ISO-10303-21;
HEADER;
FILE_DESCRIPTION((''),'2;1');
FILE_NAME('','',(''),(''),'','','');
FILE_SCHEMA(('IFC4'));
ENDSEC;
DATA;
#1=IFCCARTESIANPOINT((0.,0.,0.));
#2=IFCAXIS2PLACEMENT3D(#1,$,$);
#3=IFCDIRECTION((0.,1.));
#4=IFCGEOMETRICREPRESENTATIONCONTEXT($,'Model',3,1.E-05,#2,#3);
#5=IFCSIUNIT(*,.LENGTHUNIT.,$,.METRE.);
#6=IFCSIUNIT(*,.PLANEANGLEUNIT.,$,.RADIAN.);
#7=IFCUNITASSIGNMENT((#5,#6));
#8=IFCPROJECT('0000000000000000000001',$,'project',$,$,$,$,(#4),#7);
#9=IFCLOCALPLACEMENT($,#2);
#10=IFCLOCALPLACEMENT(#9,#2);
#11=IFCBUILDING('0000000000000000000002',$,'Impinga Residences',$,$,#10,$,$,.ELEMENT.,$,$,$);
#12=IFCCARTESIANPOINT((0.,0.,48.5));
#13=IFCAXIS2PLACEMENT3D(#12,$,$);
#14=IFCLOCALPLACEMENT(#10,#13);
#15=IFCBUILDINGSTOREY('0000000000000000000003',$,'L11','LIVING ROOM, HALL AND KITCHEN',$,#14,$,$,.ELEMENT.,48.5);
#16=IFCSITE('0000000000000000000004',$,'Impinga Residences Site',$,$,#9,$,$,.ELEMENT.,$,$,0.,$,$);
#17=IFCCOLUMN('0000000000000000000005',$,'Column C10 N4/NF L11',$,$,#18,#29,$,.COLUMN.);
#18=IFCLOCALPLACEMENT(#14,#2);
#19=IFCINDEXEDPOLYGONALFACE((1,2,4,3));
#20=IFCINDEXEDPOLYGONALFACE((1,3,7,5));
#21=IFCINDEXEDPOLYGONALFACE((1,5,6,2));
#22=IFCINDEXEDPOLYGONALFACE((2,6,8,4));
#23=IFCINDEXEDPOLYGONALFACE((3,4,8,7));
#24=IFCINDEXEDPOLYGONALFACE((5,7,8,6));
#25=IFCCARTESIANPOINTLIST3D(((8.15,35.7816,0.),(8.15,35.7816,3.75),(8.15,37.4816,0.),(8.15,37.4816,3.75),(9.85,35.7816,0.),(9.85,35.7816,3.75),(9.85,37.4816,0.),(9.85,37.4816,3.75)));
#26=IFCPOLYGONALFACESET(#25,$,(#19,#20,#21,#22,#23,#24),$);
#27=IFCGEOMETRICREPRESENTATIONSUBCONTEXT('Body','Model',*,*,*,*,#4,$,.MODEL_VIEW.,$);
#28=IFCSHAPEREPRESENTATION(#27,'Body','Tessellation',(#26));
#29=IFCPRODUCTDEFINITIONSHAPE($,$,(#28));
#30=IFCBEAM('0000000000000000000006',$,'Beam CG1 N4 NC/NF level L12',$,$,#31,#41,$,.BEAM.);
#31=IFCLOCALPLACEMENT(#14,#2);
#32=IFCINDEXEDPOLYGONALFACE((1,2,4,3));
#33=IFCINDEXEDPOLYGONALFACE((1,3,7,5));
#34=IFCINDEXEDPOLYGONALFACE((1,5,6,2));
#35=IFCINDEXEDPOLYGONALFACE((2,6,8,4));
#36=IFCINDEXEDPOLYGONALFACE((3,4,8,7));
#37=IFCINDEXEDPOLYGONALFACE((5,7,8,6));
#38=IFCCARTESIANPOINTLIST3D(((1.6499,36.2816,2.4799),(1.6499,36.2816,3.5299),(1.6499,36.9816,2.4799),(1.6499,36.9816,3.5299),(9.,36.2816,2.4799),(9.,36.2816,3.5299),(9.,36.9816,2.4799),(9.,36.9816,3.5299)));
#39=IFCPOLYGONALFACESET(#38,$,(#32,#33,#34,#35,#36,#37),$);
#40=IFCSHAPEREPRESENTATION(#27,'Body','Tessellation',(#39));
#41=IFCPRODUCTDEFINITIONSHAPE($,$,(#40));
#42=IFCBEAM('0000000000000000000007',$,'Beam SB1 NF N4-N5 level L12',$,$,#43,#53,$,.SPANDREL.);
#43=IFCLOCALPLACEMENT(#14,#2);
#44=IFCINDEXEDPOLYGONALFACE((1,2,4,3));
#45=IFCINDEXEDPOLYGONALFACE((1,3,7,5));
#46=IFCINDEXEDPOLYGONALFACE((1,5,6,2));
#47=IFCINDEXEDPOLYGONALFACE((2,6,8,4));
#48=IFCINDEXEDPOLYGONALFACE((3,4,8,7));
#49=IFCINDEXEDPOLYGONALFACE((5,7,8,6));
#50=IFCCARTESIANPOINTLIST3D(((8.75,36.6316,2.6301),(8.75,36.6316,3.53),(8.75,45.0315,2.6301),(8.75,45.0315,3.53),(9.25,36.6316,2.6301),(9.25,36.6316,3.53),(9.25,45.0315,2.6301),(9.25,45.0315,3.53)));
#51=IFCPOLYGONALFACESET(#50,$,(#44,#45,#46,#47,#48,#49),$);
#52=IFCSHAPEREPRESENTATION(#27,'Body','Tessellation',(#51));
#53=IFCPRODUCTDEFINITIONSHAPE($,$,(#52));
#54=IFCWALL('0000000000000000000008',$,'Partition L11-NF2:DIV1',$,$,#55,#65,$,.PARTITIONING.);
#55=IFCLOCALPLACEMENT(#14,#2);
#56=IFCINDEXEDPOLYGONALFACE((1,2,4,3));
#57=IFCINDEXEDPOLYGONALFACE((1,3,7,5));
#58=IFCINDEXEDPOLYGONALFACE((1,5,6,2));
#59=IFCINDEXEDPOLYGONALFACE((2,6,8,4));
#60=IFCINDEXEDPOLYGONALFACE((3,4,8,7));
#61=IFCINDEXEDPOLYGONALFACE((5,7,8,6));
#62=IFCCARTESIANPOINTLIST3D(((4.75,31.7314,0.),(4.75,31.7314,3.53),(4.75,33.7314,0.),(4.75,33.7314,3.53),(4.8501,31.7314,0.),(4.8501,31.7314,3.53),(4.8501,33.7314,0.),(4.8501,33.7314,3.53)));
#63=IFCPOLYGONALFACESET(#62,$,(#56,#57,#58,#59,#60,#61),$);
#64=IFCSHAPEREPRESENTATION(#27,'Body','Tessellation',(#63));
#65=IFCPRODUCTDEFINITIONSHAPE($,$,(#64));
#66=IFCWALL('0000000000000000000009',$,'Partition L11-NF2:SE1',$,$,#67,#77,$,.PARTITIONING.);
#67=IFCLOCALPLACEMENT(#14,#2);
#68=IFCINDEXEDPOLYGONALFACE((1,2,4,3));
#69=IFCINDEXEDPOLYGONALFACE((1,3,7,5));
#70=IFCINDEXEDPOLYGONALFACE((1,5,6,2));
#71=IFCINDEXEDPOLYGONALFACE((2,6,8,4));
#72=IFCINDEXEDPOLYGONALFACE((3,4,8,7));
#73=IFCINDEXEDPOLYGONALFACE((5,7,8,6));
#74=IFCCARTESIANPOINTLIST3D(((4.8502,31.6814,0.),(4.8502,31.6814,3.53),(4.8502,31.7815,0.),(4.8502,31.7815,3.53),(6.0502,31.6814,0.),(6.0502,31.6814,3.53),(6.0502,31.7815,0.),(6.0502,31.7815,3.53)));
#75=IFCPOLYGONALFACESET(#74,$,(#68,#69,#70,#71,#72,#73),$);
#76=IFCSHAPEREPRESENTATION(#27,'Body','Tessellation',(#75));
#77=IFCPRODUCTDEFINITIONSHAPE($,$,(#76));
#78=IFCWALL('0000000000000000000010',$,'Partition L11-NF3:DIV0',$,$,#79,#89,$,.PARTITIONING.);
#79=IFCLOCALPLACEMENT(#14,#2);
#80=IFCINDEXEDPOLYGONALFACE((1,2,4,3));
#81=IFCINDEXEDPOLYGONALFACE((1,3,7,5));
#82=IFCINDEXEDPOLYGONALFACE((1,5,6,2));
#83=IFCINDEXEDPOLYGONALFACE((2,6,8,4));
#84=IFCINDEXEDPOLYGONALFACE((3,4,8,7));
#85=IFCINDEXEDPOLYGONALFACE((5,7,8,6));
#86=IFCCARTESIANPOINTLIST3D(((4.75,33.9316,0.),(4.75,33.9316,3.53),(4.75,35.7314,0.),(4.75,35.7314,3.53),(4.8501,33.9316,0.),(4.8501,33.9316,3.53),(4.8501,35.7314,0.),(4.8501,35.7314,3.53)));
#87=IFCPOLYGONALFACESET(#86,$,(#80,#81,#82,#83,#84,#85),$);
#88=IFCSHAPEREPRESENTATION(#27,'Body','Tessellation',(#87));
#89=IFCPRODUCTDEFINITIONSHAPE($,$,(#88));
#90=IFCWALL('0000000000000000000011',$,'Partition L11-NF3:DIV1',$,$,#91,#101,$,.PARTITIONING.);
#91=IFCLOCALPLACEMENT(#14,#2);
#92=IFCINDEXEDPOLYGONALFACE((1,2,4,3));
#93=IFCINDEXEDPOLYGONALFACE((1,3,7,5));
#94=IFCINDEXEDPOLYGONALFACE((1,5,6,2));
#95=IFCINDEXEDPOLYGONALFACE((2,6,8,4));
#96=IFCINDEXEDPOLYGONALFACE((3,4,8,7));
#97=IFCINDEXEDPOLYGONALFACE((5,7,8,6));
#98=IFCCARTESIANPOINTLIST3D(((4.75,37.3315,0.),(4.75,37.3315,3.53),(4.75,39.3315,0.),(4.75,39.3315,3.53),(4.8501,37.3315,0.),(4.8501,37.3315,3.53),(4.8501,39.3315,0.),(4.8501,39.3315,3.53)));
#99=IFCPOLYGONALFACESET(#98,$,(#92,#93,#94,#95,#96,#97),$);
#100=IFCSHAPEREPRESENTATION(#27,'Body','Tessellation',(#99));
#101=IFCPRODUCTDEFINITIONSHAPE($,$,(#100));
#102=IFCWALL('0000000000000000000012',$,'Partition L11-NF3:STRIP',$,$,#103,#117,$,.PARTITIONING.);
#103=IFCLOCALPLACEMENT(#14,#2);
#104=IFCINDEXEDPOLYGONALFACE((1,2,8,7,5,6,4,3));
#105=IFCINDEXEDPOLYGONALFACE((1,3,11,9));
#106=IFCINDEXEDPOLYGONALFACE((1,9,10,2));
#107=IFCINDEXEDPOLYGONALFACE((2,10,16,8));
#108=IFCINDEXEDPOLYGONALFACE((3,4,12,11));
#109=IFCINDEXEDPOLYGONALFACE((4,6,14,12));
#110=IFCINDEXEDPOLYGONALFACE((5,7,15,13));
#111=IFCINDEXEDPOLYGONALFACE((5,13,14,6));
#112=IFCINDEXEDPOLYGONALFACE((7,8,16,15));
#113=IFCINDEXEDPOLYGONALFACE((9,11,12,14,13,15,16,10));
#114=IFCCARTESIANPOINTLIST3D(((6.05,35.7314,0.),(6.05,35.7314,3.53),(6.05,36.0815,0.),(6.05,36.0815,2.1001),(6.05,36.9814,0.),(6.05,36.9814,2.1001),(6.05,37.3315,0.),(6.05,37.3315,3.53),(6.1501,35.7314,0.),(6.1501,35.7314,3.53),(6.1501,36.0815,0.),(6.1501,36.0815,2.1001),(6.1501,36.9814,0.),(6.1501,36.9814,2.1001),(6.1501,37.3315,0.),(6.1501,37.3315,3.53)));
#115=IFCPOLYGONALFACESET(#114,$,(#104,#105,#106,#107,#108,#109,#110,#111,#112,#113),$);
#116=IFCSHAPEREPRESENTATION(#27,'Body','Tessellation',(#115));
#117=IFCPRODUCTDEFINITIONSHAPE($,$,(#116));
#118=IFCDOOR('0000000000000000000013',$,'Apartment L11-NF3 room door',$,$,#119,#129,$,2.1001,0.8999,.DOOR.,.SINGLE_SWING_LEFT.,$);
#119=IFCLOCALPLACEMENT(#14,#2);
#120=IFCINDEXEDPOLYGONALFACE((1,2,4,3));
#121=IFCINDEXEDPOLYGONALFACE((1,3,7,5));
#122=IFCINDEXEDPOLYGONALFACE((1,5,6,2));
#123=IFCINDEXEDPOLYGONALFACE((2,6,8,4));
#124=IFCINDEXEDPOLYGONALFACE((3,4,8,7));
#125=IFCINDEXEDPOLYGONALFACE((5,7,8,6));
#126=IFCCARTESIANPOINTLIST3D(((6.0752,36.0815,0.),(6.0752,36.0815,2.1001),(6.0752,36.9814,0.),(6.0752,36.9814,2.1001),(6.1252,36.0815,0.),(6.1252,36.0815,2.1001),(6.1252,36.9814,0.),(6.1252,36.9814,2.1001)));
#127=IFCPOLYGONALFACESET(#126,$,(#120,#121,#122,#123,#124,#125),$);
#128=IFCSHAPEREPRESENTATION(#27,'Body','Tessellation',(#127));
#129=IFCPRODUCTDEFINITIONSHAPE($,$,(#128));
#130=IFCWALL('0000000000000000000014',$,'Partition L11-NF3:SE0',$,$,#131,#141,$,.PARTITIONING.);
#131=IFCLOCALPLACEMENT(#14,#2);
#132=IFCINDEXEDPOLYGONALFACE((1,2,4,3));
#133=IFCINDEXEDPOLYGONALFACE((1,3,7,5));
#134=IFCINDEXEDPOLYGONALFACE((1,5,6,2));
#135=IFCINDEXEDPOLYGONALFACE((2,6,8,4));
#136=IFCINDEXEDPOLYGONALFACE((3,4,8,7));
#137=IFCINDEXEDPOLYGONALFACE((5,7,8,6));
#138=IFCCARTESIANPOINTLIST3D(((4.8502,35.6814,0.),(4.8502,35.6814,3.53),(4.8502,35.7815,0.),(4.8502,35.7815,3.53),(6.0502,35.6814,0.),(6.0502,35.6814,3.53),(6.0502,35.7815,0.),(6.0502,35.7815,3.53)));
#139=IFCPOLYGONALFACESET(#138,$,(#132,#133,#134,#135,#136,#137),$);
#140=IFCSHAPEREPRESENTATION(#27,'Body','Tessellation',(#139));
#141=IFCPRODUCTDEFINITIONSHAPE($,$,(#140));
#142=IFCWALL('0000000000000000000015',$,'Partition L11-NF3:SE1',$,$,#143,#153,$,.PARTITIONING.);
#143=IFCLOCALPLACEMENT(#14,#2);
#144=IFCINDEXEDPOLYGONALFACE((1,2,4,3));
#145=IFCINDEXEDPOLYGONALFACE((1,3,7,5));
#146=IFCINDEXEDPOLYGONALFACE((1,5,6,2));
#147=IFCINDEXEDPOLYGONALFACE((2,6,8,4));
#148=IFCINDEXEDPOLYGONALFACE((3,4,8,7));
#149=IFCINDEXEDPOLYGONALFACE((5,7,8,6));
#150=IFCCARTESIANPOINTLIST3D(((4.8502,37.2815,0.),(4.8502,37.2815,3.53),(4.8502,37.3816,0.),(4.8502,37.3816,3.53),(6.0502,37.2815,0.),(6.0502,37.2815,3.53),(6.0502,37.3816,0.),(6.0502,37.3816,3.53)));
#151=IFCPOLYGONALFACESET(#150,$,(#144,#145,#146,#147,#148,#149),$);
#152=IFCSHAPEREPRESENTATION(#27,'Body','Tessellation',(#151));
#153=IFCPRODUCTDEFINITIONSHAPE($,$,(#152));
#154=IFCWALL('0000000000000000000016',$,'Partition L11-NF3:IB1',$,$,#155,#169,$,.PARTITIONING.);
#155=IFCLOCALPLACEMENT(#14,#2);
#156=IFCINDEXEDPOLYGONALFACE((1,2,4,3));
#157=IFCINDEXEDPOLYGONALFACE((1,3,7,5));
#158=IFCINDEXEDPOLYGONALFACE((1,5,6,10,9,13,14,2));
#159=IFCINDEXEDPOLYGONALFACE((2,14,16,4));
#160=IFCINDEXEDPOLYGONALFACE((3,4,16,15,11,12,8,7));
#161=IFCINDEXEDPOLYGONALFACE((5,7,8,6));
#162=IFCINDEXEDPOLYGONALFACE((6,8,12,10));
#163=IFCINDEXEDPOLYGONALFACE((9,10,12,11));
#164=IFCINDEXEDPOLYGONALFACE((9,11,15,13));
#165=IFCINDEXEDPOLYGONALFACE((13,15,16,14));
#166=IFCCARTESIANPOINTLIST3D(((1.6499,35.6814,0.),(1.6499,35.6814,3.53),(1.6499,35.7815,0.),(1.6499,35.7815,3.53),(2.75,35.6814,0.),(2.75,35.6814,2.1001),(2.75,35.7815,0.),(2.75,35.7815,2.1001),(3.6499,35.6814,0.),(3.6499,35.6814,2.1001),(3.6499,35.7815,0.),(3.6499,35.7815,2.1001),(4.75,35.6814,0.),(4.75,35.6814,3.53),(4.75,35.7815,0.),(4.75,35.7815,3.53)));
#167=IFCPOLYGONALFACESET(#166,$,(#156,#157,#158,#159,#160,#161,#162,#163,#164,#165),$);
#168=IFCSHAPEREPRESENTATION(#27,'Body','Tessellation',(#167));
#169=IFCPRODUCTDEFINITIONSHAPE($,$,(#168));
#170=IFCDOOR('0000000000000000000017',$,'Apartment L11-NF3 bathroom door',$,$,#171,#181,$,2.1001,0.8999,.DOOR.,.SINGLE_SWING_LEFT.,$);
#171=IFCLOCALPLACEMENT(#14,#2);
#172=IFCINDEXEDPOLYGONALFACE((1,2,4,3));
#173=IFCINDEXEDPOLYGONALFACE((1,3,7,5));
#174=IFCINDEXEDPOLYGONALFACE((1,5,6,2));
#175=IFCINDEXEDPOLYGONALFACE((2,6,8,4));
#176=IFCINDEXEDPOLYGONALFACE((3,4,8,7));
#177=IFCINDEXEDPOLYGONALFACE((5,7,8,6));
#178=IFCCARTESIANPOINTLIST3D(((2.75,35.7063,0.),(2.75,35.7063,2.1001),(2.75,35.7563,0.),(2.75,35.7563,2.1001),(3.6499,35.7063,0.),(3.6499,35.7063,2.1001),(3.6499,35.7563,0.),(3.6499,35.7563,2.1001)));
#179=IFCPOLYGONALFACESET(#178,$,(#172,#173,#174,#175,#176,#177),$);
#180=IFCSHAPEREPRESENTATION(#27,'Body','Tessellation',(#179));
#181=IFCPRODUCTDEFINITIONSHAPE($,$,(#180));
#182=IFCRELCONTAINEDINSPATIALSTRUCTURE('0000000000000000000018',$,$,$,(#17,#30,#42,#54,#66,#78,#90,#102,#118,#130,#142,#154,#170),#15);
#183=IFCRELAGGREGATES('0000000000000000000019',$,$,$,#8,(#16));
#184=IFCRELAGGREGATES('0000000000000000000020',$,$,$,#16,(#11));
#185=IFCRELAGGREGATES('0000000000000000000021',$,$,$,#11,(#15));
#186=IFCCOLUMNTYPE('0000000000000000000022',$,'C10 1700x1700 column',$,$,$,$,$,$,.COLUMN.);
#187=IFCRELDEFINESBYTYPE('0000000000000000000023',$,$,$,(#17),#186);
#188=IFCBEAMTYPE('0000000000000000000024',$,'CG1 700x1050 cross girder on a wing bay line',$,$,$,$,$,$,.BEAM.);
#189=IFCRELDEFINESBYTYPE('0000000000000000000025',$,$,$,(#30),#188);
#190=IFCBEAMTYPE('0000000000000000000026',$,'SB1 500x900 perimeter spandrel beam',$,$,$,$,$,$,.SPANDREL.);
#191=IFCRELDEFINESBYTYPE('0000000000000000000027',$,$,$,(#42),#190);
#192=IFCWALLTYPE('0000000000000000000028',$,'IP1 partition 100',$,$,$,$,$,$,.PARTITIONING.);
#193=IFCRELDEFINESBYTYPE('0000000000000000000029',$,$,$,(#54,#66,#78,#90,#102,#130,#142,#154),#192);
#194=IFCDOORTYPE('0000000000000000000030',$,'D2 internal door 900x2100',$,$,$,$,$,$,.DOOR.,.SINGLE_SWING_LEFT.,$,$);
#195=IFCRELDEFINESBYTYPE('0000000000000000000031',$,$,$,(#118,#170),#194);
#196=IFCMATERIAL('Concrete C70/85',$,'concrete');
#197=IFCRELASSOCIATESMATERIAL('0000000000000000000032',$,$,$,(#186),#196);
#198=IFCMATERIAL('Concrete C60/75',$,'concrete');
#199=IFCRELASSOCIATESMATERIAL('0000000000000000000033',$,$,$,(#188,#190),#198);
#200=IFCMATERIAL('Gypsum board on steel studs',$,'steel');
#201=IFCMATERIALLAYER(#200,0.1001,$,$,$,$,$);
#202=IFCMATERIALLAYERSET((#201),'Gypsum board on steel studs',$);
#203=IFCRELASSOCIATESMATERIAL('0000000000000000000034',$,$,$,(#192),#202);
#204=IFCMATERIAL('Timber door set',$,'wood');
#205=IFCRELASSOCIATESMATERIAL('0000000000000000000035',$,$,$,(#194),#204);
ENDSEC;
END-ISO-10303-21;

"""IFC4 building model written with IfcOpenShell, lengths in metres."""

from ifc_helpers import new_model, si_unit, direction, frame, frame_2d, origin, origin_2d, place, context, subcontext, project, spatial, rectangle, extrude, material, layer, layer_set, material_profile, profile_set, type_object, element, fill, save


model = new_model("IFC4")

# Units and contexts
model_context = context("Model", 3, precision=1e-05, world=origin(), true_north=direction((0.0, 1.0)))
body_context = subcontext(model_context, "Body", "Model", "MODEL_VIEW")
ifc_project = project(units=[si_unit("LENGTHUNIT", "METRE"), si_unit("PLANEANGLEUNIT", "RADIAN")], contexts=[model_context])

# Site, building, storey
site_placement = place(None, origin())
site = spatial("IfcSite", under=ifc_project, at=site_placement, Name="Impinga Residences Site", CompositionType="ELEMENT", RefElevation=0.0)
building_placement = place(site_placement, origin())
building = spatial("IfcBuilding", under=site, at=building_placement, Name="Impinga Residences", CompositionType="ELEMENT")
storey_placement = place(building_placement, frame((0.0, 0.0, 48.5)))
storey = spatial("IfcBuildingStorey", under=building, at=storey_placement, Name="L11", Description="LIVING ROOM, HALL AND KITCHEN", CompositionType="ELEMENT", Elevation=48.5)

# Column
ifc_material_1 = material(Name="Concrete C70/85", Category="concrete")
ifc_material_profile_1 = material_profile(ifc_material_1, rectangle(XDim=1.7, YDim=1.7, at=origin_2d()), Name="RC 1700x1700")
ifc_profile_set_1 = profile_set([ifc_material_profile_1], Name="Concrete C70/85")
column_type = type_object("IfcColumnType", Name="C10 1700x1700 column", PredefinedType="COLUMN", material=ifc_profile_set_1)
column_placement = place(storey_placement, frame((9.0, 36.6316, 0.0), z_axis=(0.0, 0.0, 1.0), x_axis=(1.0, 0.0, 0.0)))
element("IfcColumn", 1, at=column_placement, inside=storey, type_object=column_type, Name="Column C10 N4/NF L11", PredefinedType="COLUMN", context=body_context, shape_type="SweptSolid", body=[
    extrude(rectangle(XDim=1.7, YDim=1.7, at=origin_2d()), origin(), (0.0, 0.0, 1.0), 3.75),
])

# Beams
ifc_material_2 = material(Name="Concrete C60/75", Category="concrete")
ifc_material_profile_2 = material_profile(ifc_material_2, rectangle(XDim=0.7, YDim=1.05, at=origin_2d()), Name="RC 700x1050")
ifc_profile_set_2 = profile_set([ifc_material_profile_2], Name="Concrete C60/75")
beam_type_1 = type_object("IfcBeamType", Name="CG1 700x1050 cross girder on a wing bay line", PredefinedType="BEAM", material=ifc_profile_set_2)
beam_1_placement = place(storey_placement, frame((1.6499, 36.6316, 3.0049), z_axis=(1.0, 0.0, 0.0), x_axis=(0.0, 1.0, 0.0)))
element("IfcBeam", 2, at=beam_1_placement, inside=storey, type_object=beam_type_1, Name="Beam CG1 N4 NC/NF level L12", PredefinedType="BEAM", context=body_context, shape_type="SweptSolid", body=[
    extrude(rectangle(XDim=0.7, YDim=1.05, at=origin_2d()), origin(), (0.0, 0.0, 1.0), 7.3501),
])
ifc_material_profile_3 = material_profile(ifc_material_2, rectangle(XDim=0.5, YDim=0.8999, at=origin_2d()), Name="RC 500x900")
ifc_profile_set_3 = profile_set([ifc_material_profile_3], Name="Concrete C60/75")
beam_type_2 = type_object("IfcBeamType", Name="SB1 500x900 perimeter spandrel beam", PredefinedType="SPANDREL", material=ifc_profile_set_3)
beam_2_placement = place(storey_placement, frame((9.0, 36.6316, 3.0801), z_axis=(0.0, 1.0, 0.0), x_axis=(-1.0, 0.0, 0.0)))
element("IfcBeam", 3, at=beam_2_placement, inside=storey, type_object=beam_type_2, Name="Beam SB1 NF N4-N5 level L12", PredefinedType="SPANDREL", context=body_context, shape_type="SweptSolid", body=[
    extrude(rectangle(XDim=0.5, YDim=0.8999, at=origin_2d()), origin(), (0.0, 0.0, 1.0), 8.3999),
])

# Walls
ifc_material_3 = material(Name="Gypsum board on steel studs", Category="steel")
ifc_layer_1 = layer(ifc_material_3, 0.1001)
ifc_layer_set_1 = layer_set([ifc_layer_1], Name="Gypsum board on steel studs")
wall_type_1 = type_object("IfcWallType", Name="IP1 partition 100", PredefinedType="PARTITIONING", material=ifc_layer_set_1)
wall_1_placement = place(storey_placement, frame((4.8, 31.7314, 0.0), z_axis=(0.0, 0.0, 1.0), x_axis=(0.0, 1.0, 0.0)))
element("IfcWall", 4, at=wall_1_placement, inside=storey, type_object=wall_type_1, Name="Partition L11-NF2:DIV1", PredefinedType="PARTITIONING", context=body_context, shape_type="SweptSolid", body=[
    extrude(rectangle(XDim=2.0, YDim=0.1001, at=frame_2d((1.0, 0.0))), origin(), (0.0, 0.0, 1.0), 3.53),
])
wall_2_placement = place(storey_placement, frame((4.8501, 31.7314, 0.0), z_axis=(0.0, 0.0, 1.0), x_axis=(1.0, 0.0, 0.0)))
element("IfcWall", 5, at=wall_2_placement, inside=storey, type_object=wall_type_1, Name="Partition L11-NF2:SE1", PredefinedType="PARTITIONING", context=body_context, shape_type="SweptSolid", body=[
    extrude(rectangle(XDim=1.2, YDim=0.1001, at=frame_2d((0.6001, 0.0))), origin(), (0.0, 0.0, 1.0), 3.53),
])
wall_3_placement = place(storey_placement, frame((4.8, 33.9316, 0.0), z_axis=(0.0, 0.0, 1.0), x_axis=(0.0, 1.0, 0.0)))
element("IfcWall", 6, at=wall_3_placement, inside=storey, type_object=wall_type_1, Name="Partition L11-NF3:DIV0", PredefinedType="PARTITIONING", context=body_context, shape_type="SweptSolid", body=[
    extrude(rectangle(XDim=1.7998, YDim=0.1001, at=frame_2d((0.8999, 0.0))), origin(), (0.0, 0.0, 1.0), 3.53),
])
wall_4_placement = place(storey_placement, frame((4.8, 37.3315, 0.0), z_axis=(0.0, 0.0, 1.0), x_axis=(0.0, 1.0, 0.0)))
element("IfcWall", 7, at=wall_4_placement, inside=storey, type_object=wall_type_1, Name="Partition L11-NF3:DIV1", PredefinedType="PARTITIONING", context=body_context, shape_type="SweptSolid", body=[
    extrude(rectangle(XDim=2.0, YDim=0.1001, at=frame_2d((1.0, 0.0))), origin(), (0.0, 0.0, 1.0), 3.53),
])

# Wall, opening, door
wall_5_placement = place(storey_placement, frame((6.1001, 35.7314, 0.0), z_axis=(0.0, 0.0, 1.0), x_axis=(0.0, 1.0, 0.0)))
wall_5 = element("IfcWall", 8, at=wall_5_placement, inside=storey, type_object=wall_type_1, Name="Partition L11-NF3:STRIP", PredefinedType="PARTITIONING", context=body_context, shape_type="SweptSolid", body=[
    extrude(rectangle(XDim=1.6001, YDim=0.1001, at=frame_2d((0.8, 0.0))), origin(), (0.0, 0.0, 1.0), 3.53),
])
opening_1_placement = place(wall_5_placement, frame((0.3501, 0.0, 0.0)))
opening_1 = element("IfcOpeningElement", 9, at=opening_1_placement, cuts=wall_5, PredefinedType="OPENING", context=body_context, shape_type="SweptSolid", body=[
    extrude(rectangle(XDim=0.8999, YDim=2.1001, at=frame_2d((0.45, 1.05))), frame((0.0, 0.0601, 0.0), z_axis=(0.0, -1.0, 0.0), x_axis=(1.0, 0.0, 0.0)), (0.0, 0.0, 1.0), 0.1201),
])
ifc_material_4 = material(Name="Timber door set", Category="wood")
door_type = type_object("IfcDoorType", Name="D2 internal door 900x2100", OperationType="SINGLE_SWING_LEFT", PredefinedType="DOOR", material=ifc_material_4)
door_1_placement = place(opening_1_placement, origin())
door_1 = element("IfcDoor", 10, at=door_1_placement, inside=storey, type_object=door_type, Name="Apartment L11-NF3 room door", OperationType="SINGLE_SWING_LEFT", OverallHeight=2.1001, OverallWidth=0.8999, PredefinedType="DOOR", context=body_context, shape_type="SweptSolid", body=[
    extrude(rectangle(XDim=0.8999, YDim=2.1001, at=frame_2d((0.45, 1.05))), frame((0.0, 0.0249, 0.0), z_axis=(0.0, -1.0, 0.0), x_axis=(1.0, 0.0, 0.0)), (0.0, 0.0, 1.0), 0.05),
])
fill(opening_1, door_1)

# Walls
for number, where, z_axis, x_axis, name in (
    (11, (4.8501, 35.7314, 0.0), (0.0, 0.0, 1.0), (1.0, 0.0, 0.0), "Partition L11-NF3:SE0"),
    (12, (4.8501, 37.3315, 0.0), (0.0, 0.0, 1.0), (1.0, 0.0, 0.0), "Partition L11-NF3:SE1"),
):
    element("IfcWall", number, at=place(storey_placement, frame(where, z_axis=z_axis, x_axis=x_axis)), inside=storey, type_object=wall_type_1, Name=name, PredefinedType="PARTITIONING", context=body_context, shape_type="SweptSolid", body=[
        extrude(rectangle(XDim=1.2, YDim=0.1001, at=frame_2d((0.6001, 0.0))), origin(), (0.0, 0.0, 1.0), 3.53),
    ])

# Wall, opening, door
wall_6_placement = place(storey_placement, frame((1.6499, 35.7314, 0.0), z_axis=(0.0, 0.0, 1.0), x_axis=(1.0, 0.0, 0.0)))
wall_6 = element("IfcWall", 13, at=wall_6_placement, inside=storey, type_object=wall_type_1, Name="Partition L11-NF3:IB1", PredefinedType="PARTITIONING", context=body_context, shape_type="SweptSolid", body=[
    extrude(rectangle(XDim=3.1001, YDim=0.1001, at=frame_2d((1.55, 0.0))), origin(), (0.0, 0.0, 1.0), 3.53),
])
opening_2_placement = place(wall_6_placement, frame((1.1001, 0.0, 0.0)))
opening_2 = element("IfcOpeningElement", 14, at=opening_2_placement, cuts=wall_6, PredefinedType="OPENING", context=body_context, shape_type="SweptSolid", body=[
    extrude(rectangle(XDim=0.8999, YDim=2.1001, at=frame_2d((0.45, 1.05))), frame((0.0, 0.0601, 0.0), z_axis=(0.0, -1.0, 0.0), x_axis=(1.0, 0.0, 0.0)), (0.0, 0.0, 1.0), 0.1201),
])
door_2_placement = place(opening_2_placement, origin())
door_2 = element("IfcDoor", 15, at=door_2_placement, inside=storey, type_object=door_type, Name="Apartment L11-NF3 bathroom door", OperationType="SINGLE_SWING_LEFT", OverallHeight=2.1001, OverallWidth=0.8999, PredefinedType="DOOR", context=body_context, shape_type="SweptSolid", body=[
    extrude(rectangle(XDim=0.8999, YDim=2.1001, at=frame_2d((0.45, 1.05))), frame((0.0, 0.0249, 0.0), z_axis=(0.0, -1.0, 0.0), x_axis=(1.0, 0.0, 0.0)), (0.0, 0.0, 1.0), 0.05),
])
fill(opening_2, door_2)

save(model, "model.ifc")
